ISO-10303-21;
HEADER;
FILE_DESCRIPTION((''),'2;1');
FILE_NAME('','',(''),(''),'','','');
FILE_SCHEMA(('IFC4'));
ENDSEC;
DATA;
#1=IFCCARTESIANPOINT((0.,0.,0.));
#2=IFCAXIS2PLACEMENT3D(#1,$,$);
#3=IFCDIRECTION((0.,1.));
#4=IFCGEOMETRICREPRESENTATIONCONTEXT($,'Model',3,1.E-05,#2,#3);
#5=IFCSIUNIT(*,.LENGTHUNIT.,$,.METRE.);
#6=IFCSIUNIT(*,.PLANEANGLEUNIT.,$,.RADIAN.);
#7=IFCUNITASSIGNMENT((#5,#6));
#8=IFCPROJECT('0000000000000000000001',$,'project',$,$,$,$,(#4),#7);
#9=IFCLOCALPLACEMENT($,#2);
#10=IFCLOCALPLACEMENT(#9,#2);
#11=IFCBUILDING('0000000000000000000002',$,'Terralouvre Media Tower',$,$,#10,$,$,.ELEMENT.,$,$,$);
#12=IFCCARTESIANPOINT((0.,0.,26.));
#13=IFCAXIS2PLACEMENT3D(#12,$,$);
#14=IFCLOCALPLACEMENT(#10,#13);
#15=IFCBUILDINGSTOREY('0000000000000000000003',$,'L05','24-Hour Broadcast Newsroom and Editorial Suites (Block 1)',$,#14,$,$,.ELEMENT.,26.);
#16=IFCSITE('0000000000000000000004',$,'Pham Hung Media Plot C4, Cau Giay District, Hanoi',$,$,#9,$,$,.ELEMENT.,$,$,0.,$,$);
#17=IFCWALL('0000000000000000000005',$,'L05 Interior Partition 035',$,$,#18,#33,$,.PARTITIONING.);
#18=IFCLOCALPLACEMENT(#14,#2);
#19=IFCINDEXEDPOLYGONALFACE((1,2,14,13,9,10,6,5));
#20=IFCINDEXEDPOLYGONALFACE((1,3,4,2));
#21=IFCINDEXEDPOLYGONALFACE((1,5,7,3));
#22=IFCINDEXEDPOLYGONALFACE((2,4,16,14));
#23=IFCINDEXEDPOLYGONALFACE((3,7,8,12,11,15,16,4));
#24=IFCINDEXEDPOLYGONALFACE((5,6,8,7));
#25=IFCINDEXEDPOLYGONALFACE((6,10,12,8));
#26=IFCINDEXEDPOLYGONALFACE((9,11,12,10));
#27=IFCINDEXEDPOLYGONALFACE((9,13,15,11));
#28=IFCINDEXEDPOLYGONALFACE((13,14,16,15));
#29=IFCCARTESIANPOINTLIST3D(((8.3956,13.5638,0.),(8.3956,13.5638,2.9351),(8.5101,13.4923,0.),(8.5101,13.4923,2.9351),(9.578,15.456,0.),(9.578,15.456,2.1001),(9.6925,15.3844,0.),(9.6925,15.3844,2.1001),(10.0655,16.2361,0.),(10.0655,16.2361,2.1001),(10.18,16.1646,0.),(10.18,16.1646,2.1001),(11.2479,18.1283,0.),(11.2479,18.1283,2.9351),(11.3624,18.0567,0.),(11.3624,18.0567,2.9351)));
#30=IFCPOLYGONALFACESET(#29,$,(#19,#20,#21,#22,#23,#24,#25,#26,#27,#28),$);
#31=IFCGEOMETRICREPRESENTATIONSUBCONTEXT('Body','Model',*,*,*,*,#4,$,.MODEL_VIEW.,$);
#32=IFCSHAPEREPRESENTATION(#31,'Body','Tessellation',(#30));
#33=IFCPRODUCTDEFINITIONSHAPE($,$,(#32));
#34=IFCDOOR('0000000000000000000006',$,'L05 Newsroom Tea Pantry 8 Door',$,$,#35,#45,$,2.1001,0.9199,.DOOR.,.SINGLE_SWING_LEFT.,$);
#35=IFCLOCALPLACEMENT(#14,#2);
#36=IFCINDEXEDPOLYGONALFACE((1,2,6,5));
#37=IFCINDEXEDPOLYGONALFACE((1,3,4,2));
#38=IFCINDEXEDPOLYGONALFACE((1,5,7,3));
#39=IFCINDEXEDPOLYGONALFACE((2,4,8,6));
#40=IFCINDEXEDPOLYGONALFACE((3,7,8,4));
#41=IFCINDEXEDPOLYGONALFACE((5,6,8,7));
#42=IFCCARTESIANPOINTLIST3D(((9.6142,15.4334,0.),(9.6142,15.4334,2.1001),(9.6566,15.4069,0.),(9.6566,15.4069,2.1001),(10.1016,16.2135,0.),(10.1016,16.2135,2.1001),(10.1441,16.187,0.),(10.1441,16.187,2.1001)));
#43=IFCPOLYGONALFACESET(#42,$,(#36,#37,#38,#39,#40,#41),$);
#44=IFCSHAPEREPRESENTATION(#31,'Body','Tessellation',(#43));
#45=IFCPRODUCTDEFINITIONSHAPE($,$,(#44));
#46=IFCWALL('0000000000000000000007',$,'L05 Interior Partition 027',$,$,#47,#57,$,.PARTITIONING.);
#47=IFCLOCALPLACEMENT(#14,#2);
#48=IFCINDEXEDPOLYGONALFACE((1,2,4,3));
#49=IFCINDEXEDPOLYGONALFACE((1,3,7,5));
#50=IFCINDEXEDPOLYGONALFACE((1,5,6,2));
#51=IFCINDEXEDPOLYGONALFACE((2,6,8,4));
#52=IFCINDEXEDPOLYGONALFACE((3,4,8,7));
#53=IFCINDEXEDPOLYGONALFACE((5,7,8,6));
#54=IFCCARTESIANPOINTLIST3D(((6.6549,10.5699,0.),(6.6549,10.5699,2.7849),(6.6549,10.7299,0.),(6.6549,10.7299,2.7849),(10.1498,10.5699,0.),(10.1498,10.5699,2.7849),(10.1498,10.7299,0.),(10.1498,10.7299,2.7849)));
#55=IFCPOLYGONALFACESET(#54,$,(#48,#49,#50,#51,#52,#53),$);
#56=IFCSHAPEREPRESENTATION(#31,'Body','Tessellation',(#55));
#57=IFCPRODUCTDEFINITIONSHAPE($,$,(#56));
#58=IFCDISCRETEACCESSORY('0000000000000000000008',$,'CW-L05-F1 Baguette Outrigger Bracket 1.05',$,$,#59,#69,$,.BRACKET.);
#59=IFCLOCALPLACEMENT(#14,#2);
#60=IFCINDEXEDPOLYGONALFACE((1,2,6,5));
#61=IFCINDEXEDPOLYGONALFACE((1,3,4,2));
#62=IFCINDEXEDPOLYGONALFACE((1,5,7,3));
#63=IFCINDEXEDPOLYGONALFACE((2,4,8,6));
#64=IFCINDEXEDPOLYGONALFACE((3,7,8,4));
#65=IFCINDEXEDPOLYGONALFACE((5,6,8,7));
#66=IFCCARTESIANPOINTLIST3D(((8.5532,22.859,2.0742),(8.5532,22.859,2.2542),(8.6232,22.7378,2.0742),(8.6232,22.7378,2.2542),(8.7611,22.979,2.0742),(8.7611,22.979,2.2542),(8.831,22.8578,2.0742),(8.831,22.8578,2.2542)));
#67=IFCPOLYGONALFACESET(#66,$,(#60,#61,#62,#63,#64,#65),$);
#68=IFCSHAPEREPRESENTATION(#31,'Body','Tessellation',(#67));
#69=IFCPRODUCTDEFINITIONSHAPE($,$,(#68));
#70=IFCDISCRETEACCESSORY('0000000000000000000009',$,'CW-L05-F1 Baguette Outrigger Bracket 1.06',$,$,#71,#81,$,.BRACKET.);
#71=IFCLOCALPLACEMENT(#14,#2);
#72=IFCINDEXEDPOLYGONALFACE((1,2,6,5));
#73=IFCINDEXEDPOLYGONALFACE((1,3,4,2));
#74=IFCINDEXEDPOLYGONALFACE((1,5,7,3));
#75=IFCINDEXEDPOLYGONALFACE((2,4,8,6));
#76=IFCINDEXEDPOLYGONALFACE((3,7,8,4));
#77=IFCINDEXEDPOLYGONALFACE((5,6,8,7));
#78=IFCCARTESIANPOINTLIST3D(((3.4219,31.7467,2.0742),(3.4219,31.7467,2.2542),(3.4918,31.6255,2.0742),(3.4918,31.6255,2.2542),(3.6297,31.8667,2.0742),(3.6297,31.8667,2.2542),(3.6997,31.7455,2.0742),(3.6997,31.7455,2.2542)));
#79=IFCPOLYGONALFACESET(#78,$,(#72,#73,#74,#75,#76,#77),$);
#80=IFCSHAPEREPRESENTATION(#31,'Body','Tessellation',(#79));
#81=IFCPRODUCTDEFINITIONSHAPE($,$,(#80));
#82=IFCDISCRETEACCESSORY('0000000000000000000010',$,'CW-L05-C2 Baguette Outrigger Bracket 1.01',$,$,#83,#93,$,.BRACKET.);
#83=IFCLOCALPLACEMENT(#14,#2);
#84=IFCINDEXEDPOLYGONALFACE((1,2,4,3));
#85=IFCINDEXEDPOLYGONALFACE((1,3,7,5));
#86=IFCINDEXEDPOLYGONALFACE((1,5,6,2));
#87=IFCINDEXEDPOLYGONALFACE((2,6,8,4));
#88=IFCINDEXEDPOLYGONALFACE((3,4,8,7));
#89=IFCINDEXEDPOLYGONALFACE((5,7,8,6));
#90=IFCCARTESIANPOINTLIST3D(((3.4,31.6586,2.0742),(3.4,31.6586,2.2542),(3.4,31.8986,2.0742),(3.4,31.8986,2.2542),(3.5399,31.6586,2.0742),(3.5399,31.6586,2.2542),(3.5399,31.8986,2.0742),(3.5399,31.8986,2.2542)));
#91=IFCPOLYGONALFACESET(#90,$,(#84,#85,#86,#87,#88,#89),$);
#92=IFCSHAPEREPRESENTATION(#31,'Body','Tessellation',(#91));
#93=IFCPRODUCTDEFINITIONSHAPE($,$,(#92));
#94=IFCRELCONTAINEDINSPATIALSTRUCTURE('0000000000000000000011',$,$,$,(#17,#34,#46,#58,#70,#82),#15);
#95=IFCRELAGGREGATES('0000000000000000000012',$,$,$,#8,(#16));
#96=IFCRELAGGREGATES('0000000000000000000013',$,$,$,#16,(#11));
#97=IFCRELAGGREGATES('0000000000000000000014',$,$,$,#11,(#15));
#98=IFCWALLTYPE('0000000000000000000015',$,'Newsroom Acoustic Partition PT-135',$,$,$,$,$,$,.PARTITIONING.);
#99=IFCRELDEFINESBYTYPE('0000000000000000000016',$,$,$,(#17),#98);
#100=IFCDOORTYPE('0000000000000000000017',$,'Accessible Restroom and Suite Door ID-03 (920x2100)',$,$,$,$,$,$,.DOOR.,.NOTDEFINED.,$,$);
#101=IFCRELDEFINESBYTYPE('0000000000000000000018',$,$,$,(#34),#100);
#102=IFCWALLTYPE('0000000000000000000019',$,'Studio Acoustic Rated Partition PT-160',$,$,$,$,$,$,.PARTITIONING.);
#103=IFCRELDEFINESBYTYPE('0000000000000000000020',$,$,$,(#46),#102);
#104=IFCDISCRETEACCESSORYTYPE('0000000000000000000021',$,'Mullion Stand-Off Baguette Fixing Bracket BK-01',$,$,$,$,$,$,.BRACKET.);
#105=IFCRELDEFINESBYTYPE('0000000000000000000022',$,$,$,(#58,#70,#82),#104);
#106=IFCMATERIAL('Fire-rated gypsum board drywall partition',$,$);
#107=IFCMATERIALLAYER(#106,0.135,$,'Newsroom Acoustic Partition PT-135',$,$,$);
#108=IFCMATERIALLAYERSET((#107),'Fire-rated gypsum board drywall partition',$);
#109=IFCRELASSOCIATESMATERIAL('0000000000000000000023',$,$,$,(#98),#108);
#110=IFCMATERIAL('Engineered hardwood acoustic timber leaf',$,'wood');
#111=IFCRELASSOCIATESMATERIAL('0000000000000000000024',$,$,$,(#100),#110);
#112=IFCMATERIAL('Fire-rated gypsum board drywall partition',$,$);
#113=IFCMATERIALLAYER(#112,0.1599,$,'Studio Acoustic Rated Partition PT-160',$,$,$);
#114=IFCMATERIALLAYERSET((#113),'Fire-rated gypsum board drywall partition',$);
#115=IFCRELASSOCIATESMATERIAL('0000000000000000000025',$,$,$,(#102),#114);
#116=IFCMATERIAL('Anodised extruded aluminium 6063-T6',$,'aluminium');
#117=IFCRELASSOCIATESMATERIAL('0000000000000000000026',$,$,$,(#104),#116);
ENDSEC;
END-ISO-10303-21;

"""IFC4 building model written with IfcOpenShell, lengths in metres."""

from ifc_helpers import new_model, si_unit, direction, frame, frame_2d, origin, origin_2d, place, context, subcontext, project, spatial, rectangle, extrude, material, layer, layer_set, type_object, element, fill, save


model = new_model("IFC4")

# Units and contexts
model_context = context("Model", 3, precision=1e-05, world=origin(), true_north=direction((0.0, 1.0)))
body_context = subcontext(model_context, "Body", "Model", "MODEL_VIEW")
ifc_project = project(units=[si_unit("LENGTHUNIT", "METRE"), si_unit("PLANEANGLEUNIT", "RADIAN")], contexts=[model_context])

# Site, building, storey
site_placement = place(None, origin())
site = spatial("IfcSite", under=ifc_project, at=site_placement, Name="Pham Hung Media Plot C4, Cau Giay District, Hanoi", CompositionType="ELEMENT", RefElevation=0.0)
building_placement = place(site_placement, origin())
building = spatial("IfcBuilding", under=site, at=building_placement, Name="Terralouvre Media Tower", CompositionType="ELEMENT")
storey_placement = place(building_placement, frame((0.0, 0.0, 26.0)))
storey = spatial("IfcBuildingStorey", under=building, at=storey_placement, Name="L05", Description="24-Hour Broadcast Newsroom and Editorial Suites (Block 1)", CompositionType="ELEMENT", Elevation=26.0)

# Shared definitions
ifc_material_1 = material(Name="Fire-rated gypsum board drywall partition")
ifc_layer_1 = layer(ifc_material_1, 0.135, Name="Newsroom Acoustic Partition PT-135")
ifc_layer_set_1 = layer_set([ifc_layer_1], Name="Fire-rated gypsum board drywall partition")
wall_type_1 = type_object("IfcWallType", Name="Newsroom Acoustic Partition PT-135", PredefinedType="PARTITIONING", material=ifc_layer_set_1)

# Wall, opening, door
wall_1_placement = place(storey_placement, frame((8.4529, 13.5281, 0.0), z_axis=(0.0, 0.0, 1.0), x_axis=(0.529934, 0.848039, 0.0)))
wall_1 = element("IfcWall", 1, at=wall_1_placement, inside=storey, type_object=wall_type_1, Name="L05 Interior Partition 035", PredefinedType="PARTITIONING", context=body_context, shape_type="SweptSolid", body=[
    extrude(rectangle(XDim=5.3823, YDim=0.135, at=frame_2d((2.6912, 0.0))), origin(), (0.0, 0.0, 1.0), 2.9351),
])
opening_1_placement = place(wall_1_placement, frame((2.2312, 0.0, 0.0)))
opening_1 = element("IfcOpeningElement", 2, at=opening_1_placement, cuts=wall_1, PredefinedType="OPENING", context=body_context, shape_type="SweptSolid", body=[
    extrude(rectangle(XDim=0.9199, YDim=2.1001, at=frame_2d((0.46, 1.05))), frame((0.0, 0.0774, 0.0), z_axis=(0.0, -1.0, 0.0), x_axis=(1.0, 0.0, 0.0)), (0.0, 0.0, 1.0), 0.155),
])
ifc_material_2 = material(Name="Engineered hardwood acoustic timber leaf", Category="wood")
door_type_1 = type_object("IfcDoorType", Name="Accessible Restroom and Suite Door ID-03 (920x2100)", OperationType="NOTDEFINED", PredefinedType="DOOR", material=ifc_material_2)
door_1_placement = place(opening_1_placement, origin())
door_1 = element("IfcDoor", 3, at=door_1_placement, inside=storey, type_object=door_type_1, Name="L05 Newsroom Tea Pantry 8 Door", OperationType="SINGLE_SWING_LEFT", OverallHeight=2.1001, OverallWidth=0.9199, PredefinedType="DOOR", context=body_context, shape_type="SweptSolid", body=[
    extrude(rectangle(XDim=0.9199, YDim=2.1001, at=frame_2d((0.46, 1.05))), frame((0.0, 0.0249, 0.0), z_axis=(0.0, -1.0, 0.0), x_axis=(1.0, 0.0, 0.0)), (0.0, 0.0, 1.0), 0.05),
])
fill(opening_1, door_1)

# Wall
ifc_material_3 = material(Name="Fire-rated gypsum board drywall partition")
ifc_layer_2 = layer(ifc_material_3, 0.1599, Name="Studio Acoustic Rated Partition PT-160")
ifc_layer_set_2 = layer_set([ifc_layer_2], Name="Fire-rated gypsum board drywall partition")
wall_type_2 = type_object("IfcWallType", Name="Studio Acoustic Rated Partition PT-160", PredefinedType="PARTITIONING", material=ifc_layer_set_2)
wall_2_placement = place(storey_placement, frame((10.1499, 10.6499, 0.0), z_axis=(0.0, 0.0, 1.0), x_axis=(-1.0, 0.0, 0.0)))
element("IfcWall", 4, at=wall_2_placement, inside=storey, type_object=wall_type_2, Name="L05 Interior Partition 027", PredefinedType="PARTITIONING", context=body_context, shape_type="SweptSolid", body=[
    extrude(rectangle(XDim=3.4949, YDim=0.1599, at=frame_2d((1.7476, 0.0))), origin(), (0.0, 0.0, 1.0), 2.7849),
])

# Discrete accessories
ifc_material_4 = material(Name="Anodised extruded aluminium 6063-T6", Category="aluminium")
discrete_accessory_type = type_object("IfcDiscreteAccessoryType", Name="Mullion Stand-Off Baguette Fixing Bracket BK-01", PredefinedType="BRACKET", material=ifc_material_4)
for number, where, z_axis, x_axis, name in (
    (5, (8.6921, 22.8584, 2.0742), (0.0, 0.0, 1.0), (-0.5, 0.866025, 0.0), "CW-L05-F1 Baguette Outrigger Bracket 1.05"),
    (6, (3.5608, 31.7461, 2.0742), (0.0, 0.0, 1.0), (-0.5, 0.866025, 0.0), "CW-L05-F1 Baguette Outrigger Bracket 1.06"),
    (7, (3.47, 31.7786, 2.0742), (0.0, 0.0, 1.0), (-1.0, 0.0, 0.0), "CW-L05-C2 Baguette Outrigger Bracket 1.01"),
):
    element("IfcDiscreteAccessory", number, at=place(storey_placement, frame(where, z_axis=z_axis, x_axis=x_axis)), inside=storey, type_object=discrete_accessory_type, Name=name, PredefinedType="BRACKET", context=body_context, shape_type="SweptSolid", body=[
        extrude(rectangle(XDim=0.1399, YDim=0.24, at=origin_2d()), origin(), (0.0, 0.0, 1.0), 0.1799),
    ])

save(model, "model.ifc")
